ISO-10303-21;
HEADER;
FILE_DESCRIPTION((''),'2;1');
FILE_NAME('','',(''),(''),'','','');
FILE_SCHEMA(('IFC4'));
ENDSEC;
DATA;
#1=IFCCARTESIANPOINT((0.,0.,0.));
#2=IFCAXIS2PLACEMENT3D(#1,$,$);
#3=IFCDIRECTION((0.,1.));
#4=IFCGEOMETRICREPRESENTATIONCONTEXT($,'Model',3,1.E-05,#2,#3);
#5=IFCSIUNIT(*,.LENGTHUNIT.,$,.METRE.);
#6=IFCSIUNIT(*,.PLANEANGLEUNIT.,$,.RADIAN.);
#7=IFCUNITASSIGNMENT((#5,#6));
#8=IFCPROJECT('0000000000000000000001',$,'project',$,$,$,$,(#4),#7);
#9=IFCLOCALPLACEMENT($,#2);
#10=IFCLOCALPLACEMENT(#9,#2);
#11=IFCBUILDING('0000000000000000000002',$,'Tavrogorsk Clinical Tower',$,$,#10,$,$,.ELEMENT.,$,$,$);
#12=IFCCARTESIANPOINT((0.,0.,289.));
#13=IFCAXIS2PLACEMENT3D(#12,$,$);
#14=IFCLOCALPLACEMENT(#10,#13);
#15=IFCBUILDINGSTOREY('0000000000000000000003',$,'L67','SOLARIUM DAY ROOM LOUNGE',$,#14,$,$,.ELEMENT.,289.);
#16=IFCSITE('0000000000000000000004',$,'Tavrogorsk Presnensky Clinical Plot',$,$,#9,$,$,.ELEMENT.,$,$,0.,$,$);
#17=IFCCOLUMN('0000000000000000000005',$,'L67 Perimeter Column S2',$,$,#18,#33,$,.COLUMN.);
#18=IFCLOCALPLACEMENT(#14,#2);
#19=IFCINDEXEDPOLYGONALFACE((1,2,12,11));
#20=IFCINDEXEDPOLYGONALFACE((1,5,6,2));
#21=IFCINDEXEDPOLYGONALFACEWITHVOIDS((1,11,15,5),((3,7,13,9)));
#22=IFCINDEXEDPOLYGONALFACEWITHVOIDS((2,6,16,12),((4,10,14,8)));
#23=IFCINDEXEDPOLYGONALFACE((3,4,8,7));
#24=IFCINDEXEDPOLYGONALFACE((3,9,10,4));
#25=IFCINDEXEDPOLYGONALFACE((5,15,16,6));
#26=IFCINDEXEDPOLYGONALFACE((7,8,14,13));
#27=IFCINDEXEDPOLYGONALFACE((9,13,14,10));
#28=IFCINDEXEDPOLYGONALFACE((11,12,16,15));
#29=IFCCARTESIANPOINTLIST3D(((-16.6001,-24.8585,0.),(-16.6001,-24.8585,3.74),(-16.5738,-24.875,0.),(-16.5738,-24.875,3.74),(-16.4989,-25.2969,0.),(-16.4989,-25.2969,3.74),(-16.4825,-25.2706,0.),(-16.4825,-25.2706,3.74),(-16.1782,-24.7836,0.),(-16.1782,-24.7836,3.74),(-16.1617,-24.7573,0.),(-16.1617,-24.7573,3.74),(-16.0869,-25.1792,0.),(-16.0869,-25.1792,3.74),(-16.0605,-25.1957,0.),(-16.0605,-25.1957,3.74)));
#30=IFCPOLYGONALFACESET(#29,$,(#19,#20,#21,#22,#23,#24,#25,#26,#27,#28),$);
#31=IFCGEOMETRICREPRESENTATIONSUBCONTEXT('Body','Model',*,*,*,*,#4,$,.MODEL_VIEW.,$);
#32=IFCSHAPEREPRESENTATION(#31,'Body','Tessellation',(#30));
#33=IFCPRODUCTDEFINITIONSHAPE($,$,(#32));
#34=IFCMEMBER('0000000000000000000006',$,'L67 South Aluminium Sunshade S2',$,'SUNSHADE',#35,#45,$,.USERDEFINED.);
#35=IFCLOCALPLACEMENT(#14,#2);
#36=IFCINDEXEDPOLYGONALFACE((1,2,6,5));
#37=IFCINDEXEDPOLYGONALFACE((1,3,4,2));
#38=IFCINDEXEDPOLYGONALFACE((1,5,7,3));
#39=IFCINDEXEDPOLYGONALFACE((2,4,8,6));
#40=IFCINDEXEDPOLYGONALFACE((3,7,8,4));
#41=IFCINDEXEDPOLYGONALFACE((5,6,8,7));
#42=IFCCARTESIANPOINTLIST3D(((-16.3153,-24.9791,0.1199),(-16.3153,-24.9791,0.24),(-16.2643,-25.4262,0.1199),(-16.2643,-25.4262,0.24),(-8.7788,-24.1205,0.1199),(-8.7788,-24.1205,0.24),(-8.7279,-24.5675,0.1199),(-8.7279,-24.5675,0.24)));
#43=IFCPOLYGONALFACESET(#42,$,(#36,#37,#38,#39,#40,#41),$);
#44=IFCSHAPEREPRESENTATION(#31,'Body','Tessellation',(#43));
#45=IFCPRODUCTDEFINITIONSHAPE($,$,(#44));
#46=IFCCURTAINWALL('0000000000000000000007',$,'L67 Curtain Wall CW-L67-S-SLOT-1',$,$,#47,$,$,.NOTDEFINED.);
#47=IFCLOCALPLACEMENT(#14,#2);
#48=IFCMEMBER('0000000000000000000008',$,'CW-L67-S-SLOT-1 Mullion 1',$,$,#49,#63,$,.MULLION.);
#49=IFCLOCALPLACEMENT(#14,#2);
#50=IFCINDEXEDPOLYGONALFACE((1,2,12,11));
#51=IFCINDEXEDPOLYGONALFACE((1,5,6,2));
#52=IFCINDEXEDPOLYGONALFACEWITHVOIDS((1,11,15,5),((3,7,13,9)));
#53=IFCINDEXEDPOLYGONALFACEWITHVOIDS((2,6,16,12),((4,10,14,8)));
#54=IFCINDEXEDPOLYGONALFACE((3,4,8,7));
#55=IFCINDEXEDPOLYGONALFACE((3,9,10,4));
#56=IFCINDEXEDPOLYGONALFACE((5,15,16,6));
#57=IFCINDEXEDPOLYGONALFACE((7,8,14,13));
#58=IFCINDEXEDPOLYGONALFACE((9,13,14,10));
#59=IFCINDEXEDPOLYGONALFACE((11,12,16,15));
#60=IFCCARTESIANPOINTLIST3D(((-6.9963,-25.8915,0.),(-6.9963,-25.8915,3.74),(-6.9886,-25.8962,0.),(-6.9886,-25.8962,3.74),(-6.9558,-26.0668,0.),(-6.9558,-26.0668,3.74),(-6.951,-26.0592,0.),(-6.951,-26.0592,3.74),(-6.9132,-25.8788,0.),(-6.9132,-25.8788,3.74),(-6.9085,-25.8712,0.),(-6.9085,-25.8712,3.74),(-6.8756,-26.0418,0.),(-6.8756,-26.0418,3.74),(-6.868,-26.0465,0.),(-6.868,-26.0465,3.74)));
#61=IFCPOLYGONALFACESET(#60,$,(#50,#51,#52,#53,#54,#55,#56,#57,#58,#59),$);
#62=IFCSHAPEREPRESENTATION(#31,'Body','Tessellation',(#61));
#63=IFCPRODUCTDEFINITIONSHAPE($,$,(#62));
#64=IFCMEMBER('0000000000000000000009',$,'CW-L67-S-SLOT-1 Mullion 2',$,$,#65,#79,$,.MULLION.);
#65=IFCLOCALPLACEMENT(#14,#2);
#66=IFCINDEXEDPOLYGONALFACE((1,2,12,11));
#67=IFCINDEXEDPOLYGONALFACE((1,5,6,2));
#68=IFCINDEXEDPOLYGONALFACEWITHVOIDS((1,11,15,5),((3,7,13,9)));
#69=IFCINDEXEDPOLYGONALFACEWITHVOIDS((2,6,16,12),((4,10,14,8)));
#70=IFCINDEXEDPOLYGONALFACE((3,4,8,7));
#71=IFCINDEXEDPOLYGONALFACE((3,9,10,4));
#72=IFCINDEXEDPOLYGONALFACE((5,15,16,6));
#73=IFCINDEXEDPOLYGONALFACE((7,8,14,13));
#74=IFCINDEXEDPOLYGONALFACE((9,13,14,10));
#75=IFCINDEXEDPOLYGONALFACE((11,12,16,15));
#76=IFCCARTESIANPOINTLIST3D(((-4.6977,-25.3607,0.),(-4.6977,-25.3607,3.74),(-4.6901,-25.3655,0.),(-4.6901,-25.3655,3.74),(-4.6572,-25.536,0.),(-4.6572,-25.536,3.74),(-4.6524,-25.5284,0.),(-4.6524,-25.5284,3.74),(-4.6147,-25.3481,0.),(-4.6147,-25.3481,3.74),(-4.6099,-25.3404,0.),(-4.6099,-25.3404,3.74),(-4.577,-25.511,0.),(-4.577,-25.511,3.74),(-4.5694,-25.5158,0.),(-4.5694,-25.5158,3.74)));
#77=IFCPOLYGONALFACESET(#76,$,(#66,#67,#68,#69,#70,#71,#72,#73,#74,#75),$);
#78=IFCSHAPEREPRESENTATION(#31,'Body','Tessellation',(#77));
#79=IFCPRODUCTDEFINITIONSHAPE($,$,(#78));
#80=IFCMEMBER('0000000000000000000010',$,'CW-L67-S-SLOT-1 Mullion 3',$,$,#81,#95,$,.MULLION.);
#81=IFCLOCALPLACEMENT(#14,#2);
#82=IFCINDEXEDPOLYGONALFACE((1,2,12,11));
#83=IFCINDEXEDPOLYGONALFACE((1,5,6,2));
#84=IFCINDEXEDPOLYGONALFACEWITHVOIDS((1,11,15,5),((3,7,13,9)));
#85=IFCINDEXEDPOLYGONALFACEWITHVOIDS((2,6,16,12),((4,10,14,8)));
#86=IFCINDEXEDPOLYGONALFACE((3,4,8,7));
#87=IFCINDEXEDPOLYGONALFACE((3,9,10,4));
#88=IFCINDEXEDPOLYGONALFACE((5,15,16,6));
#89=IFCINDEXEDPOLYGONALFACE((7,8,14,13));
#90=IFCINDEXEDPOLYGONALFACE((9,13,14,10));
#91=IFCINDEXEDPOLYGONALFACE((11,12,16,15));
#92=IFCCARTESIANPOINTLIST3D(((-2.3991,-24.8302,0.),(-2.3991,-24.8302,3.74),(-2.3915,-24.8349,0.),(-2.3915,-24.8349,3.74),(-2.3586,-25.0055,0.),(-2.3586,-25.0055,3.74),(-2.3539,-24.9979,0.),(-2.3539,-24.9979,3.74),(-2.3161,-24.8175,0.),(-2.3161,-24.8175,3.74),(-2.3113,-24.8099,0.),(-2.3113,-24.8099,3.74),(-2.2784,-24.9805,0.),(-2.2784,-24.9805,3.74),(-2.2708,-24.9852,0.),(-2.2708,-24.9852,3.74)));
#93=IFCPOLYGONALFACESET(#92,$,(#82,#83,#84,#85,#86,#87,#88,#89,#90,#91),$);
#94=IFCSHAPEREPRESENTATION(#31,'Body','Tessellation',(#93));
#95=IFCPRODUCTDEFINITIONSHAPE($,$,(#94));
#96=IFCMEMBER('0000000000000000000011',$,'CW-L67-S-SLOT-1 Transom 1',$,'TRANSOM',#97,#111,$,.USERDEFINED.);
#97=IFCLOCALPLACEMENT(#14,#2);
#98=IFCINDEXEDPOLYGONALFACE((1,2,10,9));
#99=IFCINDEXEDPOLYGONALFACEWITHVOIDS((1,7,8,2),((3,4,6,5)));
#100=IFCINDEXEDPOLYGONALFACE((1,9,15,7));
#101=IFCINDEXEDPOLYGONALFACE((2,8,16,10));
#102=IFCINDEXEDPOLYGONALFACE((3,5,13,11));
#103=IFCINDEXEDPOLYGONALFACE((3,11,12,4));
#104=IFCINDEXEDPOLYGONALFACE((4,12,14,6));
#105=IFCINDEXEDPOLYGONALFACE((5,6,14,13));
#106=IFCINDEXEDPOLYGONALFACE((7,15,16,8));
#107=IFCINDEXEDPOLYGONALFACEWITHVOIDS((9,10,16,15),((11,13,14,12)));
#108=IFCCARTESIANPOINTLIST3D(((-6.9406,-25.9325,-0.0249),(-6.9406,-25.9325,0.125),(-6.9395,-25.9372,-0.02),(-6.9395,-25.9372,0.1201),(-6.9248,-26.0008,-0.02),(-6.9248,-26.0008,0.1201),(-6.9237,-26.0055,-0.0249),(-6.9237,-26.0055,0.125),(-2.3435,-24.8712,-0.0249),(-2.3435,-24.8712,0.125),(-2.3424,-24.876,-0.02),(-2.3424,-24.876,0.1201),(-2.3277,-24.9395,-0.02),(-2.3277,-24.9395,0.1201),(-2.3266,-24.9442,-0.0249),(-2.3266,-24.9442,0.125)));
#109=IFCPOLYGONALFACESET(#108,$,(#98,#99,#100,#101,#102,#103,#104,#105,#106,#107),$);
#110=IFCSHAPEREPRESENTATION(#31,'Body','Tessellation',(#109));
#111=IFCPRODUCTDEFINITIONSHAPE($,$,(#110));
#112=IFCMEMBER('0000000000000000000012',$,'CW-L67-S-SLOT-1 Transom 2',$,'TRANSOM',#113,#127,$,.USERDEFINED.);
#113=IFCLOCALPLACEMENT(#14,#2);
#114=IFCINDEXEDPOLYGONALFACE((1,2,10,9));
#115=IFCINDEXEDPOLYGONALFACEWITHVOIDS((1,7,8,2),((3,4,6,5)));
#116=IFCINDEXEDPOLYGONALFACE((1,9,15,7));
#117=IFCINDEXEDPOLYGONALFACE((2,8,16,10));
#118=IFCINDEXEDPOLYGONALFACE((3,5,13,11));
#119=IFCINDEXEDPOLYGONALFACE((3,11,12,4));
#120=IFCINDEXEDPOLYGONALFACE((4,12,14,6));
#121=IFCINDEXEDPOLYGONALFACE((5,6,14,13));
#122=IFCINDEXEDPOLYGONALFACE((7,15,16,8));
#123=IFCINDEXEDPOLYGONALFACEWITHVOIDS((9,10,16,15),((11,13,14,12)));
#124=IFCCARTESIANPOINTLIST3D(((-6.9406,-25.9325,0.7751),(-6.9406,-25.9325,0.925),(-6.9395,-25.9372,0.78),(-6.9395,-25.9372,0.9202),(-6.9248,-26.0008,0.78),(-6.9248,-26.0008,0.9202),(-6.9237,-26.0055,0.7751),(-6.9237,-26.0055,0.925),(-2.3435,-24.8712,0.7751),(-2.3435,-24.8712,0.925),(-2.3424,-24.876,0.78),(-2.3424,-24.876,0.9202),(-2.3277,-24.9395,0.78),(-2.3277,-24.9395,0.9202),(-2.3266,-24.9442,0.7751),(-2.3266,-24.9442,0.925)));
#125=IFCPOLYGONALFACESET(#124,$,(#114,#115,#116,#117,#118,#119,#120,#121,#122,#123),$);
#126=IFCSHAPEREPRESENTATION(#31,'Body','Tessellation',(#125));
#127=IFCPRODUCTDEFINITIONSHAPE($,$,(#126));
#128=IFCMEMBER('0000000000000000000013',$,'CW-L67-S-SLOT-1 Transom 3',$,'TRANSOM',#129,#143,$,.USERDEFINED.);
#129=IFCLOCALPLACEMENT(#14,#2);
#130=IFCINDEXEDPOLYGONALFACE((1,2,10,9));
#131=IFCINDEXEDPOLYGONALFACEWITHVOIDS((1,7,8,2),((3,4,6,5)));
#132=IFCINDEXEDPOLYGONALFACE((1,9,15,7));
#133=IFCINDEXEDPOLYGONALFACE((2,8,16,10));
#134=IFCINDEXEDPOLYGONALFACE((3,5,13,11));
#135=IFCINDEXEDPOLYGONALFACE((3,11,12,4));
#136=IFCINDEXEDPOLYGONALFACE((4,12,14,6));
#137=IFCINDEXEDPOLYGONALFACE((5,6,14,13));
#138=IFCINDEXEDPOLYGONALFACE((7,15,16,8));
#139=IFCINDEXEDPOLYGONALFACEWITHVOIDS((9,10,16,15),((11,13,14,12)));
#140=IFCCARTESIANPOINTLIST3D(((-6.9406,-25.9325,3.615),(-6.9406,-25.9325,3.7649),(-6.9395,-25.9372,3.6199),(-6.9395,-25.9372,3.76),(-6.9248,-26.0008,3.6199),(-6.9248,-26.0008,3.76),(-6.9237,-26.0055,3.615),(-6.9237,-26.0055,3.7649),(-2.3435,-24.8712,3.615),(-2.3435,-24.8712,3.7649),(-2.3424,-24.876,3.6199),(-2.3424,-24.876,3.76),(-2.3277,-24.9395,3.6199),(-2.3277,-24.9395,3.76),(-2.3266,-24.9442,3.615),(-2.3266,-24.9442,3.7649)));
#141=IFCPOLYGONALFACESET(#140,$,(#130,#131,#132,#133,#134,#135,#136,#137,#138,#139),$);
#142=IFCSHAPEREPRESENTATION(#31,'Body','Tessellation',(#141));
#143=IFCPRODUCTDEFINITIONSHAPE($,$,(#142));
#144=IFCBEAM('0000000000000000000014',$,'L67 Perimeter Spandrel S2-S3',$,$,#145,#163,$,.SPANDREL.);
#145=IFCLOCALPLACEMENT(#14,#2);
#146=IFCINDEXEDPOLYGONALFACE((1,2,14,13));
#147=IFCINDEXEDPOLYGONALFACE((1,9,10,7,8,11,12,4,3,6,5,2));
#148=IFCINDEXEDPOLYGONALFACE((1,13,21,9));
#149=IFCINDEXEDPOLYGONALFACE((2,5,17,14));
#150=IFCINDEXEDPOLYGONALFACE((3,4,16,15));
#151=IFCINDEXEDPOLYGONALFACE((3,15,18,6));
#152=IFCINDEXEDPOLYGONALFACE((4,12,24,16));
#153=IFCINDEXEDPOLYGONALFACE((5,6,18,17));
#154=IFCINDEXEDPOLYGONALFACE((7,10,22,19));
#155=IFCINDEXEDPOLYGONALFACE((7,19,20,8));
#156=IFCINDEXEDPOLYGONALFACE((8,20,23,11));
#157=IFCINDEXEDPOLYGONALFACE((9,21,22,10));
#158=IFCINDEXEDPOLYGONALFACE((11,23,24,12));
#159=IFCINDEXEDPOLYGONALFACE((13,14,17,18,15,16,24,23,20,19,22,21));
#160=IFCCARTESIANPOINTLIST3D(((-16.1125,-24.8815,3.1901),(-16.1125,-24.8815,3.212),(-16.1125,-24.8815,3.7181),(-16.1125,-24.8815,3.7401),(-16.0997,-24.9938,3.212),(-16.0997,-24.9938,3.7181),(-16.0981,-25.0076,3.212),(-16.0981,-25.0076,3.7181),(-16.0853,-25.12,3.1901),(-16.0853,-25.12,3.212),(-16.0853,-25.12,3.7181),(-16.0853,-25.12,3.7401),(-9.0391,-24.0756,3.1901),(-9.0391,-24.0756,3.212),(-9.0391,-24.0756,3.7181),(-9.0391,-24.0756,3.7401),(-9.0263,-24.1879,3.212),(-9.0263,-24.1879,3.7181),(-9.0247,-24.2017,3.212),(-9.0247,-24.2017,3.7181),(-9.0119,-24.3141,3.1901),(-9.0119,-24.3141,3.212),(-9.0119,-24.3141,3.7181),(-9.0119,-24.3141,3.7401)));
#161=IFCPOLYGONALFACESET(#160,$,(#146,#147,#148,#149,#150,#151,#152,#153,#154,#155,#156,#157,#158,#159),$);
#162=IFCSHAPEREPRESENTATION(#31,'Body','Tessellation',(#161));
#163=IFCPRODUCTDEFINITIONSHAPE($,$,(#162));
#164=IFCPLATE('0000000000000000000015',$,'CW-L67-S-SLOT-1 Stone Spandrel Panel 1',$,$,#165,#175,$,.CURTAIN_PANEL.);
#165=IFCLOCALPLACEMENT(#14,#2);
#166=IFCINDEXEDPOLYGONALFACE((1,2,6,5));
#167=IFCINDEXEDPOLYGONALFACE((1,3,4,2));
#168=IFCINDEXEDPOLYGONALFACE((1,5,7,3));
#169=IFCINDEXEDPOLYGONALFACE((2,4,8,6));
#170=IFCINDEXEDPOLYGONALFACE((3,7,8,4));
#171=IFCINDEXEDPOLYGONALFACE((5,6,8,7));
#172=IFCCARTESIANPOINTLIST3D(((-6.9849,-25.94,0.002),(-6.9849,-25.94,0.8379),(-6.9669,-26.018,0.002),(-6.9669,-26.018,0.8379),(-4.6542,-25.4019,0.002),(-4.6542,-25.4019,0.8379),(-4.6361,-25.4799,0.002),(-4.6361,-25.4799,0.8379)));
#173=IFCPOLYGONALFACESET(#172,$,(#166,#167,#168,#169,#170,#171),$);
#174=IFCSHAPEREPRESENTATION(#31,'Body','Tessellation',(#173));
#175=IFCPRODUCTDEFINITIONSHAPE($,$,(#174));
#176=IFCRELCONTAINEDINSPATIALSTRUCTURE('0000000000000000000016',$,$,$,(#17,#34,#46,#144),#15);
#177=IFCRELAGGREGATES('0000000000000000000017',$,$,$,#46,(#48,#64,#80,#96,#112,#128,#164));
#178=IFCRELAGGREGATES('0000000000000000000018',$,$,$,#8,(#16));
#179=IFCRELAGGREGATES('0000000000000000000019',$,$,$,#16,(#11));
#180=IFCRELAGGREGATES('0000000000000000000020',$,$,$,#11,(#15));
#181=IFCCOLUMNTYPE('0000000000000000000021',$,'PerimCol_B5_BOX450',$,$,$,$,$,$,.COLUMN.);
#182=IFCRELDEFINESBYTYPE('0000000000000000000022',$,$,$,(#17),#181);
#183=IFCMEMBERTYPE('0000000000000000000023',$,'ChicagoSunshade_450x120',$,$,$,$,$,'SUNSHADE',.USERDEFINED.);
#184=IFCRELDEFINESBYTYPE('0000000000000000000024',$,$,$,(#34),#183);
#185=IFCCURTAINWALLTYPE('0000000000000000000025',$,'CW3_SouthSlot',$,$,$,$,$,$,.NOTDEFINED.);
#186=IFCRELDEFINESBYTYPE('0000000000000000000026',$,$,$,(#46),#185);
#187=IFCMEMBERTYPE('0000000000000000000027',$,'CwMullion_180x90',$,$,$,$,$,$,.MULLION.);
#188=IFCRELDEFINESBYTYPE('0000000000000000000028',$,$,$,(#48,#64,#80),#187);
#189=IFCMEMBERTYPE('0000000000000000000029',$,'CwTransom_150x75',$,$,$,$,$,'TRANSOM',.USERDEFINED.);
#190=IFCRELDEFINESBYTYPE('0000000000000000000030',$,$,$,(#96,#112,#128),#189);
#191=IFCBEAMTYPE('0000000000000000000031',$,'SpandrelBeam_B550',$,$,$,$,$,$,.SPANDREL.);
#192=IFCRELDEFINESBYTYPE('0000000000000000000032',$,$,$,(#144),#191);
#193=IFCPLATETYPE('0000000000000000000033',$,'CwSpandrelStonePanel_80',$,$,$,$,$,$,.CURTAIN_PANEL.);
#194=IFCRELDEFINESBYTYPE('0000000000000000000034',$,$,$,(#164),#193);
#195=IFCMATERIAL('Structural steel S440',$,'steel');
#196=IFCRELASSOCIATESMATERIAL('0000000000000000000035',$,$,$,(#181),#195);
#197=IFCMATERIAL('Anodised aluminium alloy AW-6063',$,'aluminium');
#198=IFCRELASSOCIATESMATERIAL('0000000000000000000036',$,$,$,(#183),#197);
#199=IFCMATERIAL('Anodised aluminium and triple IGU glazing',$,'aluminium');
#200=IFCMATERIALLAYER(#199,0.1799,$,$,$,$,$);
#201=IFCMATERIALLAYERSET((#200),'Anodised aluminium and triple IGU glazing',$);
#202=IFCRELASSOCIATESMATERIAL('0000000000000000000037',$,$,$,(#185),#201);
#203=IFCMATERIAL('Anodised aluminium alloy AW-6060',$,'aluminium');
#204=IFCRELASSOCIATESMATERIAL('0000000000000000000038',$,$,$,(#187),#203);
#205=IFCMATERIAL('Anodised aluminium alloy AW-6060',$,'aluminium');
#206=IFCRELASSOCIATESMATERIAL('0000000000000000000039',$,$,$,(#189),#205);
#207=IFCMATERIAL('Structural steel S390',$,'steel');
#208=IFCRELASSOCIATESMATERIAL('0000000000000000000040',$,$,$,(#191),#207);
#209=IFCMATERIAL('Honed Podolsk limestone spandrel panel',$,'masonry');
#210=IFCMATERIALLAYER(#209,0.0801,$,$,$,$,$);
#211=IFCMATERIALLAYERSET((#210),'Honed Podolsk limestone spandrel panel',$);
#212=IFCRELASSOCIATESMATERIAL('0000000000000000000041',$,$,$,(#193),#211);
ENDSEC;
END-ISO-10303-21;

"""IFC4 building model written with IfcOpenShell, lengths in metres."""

from ifc_helpers import new_model, si_unit, direction, frame, origin, origin_2d, place, context, subcontext, project, spatial, rectangle, hollow_rectangle, i_section, extrude, material, layer, layer_set, material_profile, profile_set, type_object, element, aggregate, save


model = new_model("IFC4")

# Units and contexts
model_context = context("Model", 3, precision=1e-05, world=origin(), true_north=direction((0.0, 1.0)))
body_context = subcontext(model_context, "Body", "Model", "MODEL_VIEW")
ifc_project = project(units=[si_unit("LENGTHUNIT", "METRE"), si_unit("PLANEANGLEUNIT", "RADIAN")], contexts=[model_context])

# Site, building, storey
site_placement = place(None, origin())
site = spatial("IfcSite", under=ifc_project, at=site_placement, Name="Tavrogorsk Presnensky Clinical Plot", CompositionType="ELEMENT", RefElevation=0.0)
building_placement = place(site_placement, origin())
building = spatial("IfcBuilding", under=site, at=building_placement, Name="Tavrogorsk Clinical Tower", CompositionType="ELEMENT")
storey_placement = place(building_placement, frame((0.0, 0.0, 289.0)))
storey = spatial("IfcBuildingStorey", under=building, at=storey_placement, Name="L67", Description="SOLARIUM DAY ROOM LOUNGE", CompositionType="ELEMENT", Elevation=289.0)

# Column
ifc_material_1 = material(Name="Structural steel S440", Category="steel")
ifc_material_profile_1 = material_profile(ifc_material_1, hollow_rectangle(XDim=0.45, YDim=0.45, WallThickness=0.022, at=origin_2d()), Name="BOX-450x450x22")
ifc_profile_set_1 = profile_set([ifc_material_profile_1], Name="Structural steel S440")
column_type = type_object("IfcColumnType", Name="PerimCol_B5_BOX450", PredefinedType="COLUMN", material=ifc_profile_set_1)
column_placement = place(storey_placement, frame((-16.3303, -25.0271, 0.0), z_axis=(0.0, 0.0, 1.0), x_axis=(0.97437, 0.224951, 0.0)))
element("IfcColumn", 1, at=column_placement, inside=storey, type_object=column_type, Name="L67 Perimeter Column S2", PredefinedType="COLUMN", context=body_context, shape_type="SweptSolid", body=[
    extrude(hollow_rectangle(XDim=0.45, YDim=0.45, WallThickness=0.022, at=origin_2d()), origin(), (0.0, 0.0, 1.0), 3.74),
])

# Member
ifc_material_2 = material(Name="Anodised aluminium alloy AW-6063", Category="aluminium")
ifc_material_profile_2 = material_profile(ifc_material_2, rectangle(XDim=0.45, YDim=0.1201, at=origin_2d()), Name="ALU-SUNSHADE-450x120")
ifc_profile_set_2 = profile_set([ifc_material_profile_2], Name="Anodised aluminium alloy AW-6063")
member_type_1 = type_object("IfcMemberType", Name="ChicagoSunshade_450x120", ElementType="SUNSHADE", PredefinedType="USERDEFINED", material=ifc_profile_set_2)
member_1_placement = place(storey_placement, frame((-16.2898, -25.2026, 0.1799), z_axis=(0.993572, 0.113201, 0.0), x_axis=(-0.113201, 0.993572, 0.0)))
element("IfcMember", 2, at=member_1_placement, inside=storey, type_object=member_type_1, Name="L67 South Aluminium Sunshade S2", ObjectType="SUNSHADE", PredefinedType="USERDEFINED", context=body_context, shape_type="SweptSolid", body=[
    extrude(rectangle(XDim=0.45, YDim=0.1201, at=origin_2d()), origin(), (0.0, 0.0, 1.0), 7.5852),
])

# Curtain wall, members
ifc_material_3 = material(Name="Anodised aluminium and triple IGU glazing", Category="aluminium")
ifc_layer_1 = layer(ifc_material_3, 0.1799)
ifc_layer_set_1 = layer_set([ifc_layer_1], Name="Anodised aluminium and triple IGU glazing")
curtain_wall_type = type_object("IfcCurtainWallType", Name="CW3_SouthSlot", PredefinedType="NOTDEFINED", material=ifc_layer_set_1)
curtain_wall_placement = place(storey_placement, origin())
curtain_wall = element("IfcCurtainWall", 3, at=curtain_wall_placement, inside=storey, type_object=curtain_wall_type, Name="L67 Curtain Wall CW-L67-S-SLOT-1", PredefinedType="NOTDEFINED")
ifc_material_4 = material(Name="Anodised aluminium alloy AW-6060", Category="aluminium")
ifc_material_profile_3 = material_profile(ifc_material_4, hollow_rectangle(XDim=0.0901, YDim=0.1799, WallThickness=0.0063, at=origin_2d()), Name="RHS-180x90x6.3")
ifc_profile_set_3 = profile_set([ifc_material_profile_3], Name="Anodised aluminium alloy AW-6060")
member_type_2 = type_object("IfcMemberType", Name="CwMullion_180x90", PredefinedType="MULLION", material=ifc_profile_set_3)
member_2_placement = place(storey_placement, frame((-6.9321, -25.969, 0.0), z_axis=(0.0, 0.0, 1.0), x_axis=(0.97437, 0.224951, 0.0)))
member_2 = element("IfcMember", 4, at=member_2_placement, type_object=member_type_2, Name="CW-L67-S-SLOT-1 Mullion 1", PredefinedType="MULLION", context=body_context, shape_type="SweptSolid", body=[
    extrude(hollow_rectangle(XDim=0.0901, YDim=0.1799, WallThickness=0.0063, at=origin_2d()), origin(), (0.0, 0.0, 1.0), 3.74),
])
member_3_placement = place(storey_placement, frame((-4.6335, -25.4382, 0.0), z_axis=(0.0, 0.0, 1.0), x_axis=(0.97437, 0.224951, 0.0)))
member_3 = element("IfcMember", 5, at=member_3_placement, type_object=member_type_2, Name="CW-L67-S-SLOT-1 Mullion 2", PredefinedType="MULLION", context=body_context, shape_type="SweptSolid", body=[
    extrude(hollow_rectangle(XDim=0.0901, YDim=0.1799, WallThickness=0.0063, at=origin_2d()), origin(), (0.0, 0.0, 1.0), 3.74),
])
member_4_placement = place(storey_placement, frame((-2.335, -24.9077, 0.0), z_axis=(0.0, 0.0, 1.0), x_axis=(0.97437, 0.224951, 0.0)))
member_4 = element("IfcMember", 6, at=member_4_placement, type_object=member_type_2, Name="CW-L67-S-SLOT-1 Mullion 3", PredefinedType="MULLION", context=body_context, shape_type="SweptSolid", body=[
    extrude(hollow_rectangle(XDim=0.0901, YDim=0.1799, WallThickness=0.0063, at=origin_2d()), origin(), (0.0, 0.0, 1.0), 3.74),
])
ifc_material_5 = material(Name="Anodised aluminium alloy AW-6060", Category="aluminium")
ifc_material_profile_4 = material_profile(ifc_material_5, hollow_rectangle(XDim=0.075, YDim=0.1499, WallThickness=0.0049, at=origin_2d()), Name="RHS-150x75x5")
ifc_profile_set_4 = profile_set([ifc_material_profile_4], Name="Anodised aluminium alloy AW-6060")
member_type_3 = type_object("IfcMemberType", Name="CwTransom_150x75", ElementType="TRANSOM", PredefinedType="USERDEFINED", material=ifc_profile_set_4)
member_5_placement = place(storey_placement, frame((-6.9321, -25.969, 0.05), z_axis=(0.974373, 0.224939, 0.0), x_axis=(-0.224939, 0.974373, 0.0)))
member_5 = element("IfcMember", 7, at=member_5_placement, type_object=member_type_3, Name="CW-L67-S-SLOT-1 Transom 1", ObjectType="TRANSOM", PredefinedType="USERDEFINED", context=body_context, shape_type="SweptSolid", body=[
    extrude(hollow_rectangle(XDim=0.075, YDim=0.1499, WallThickness=0.0049, at=origin_2d()), origin(), (0.0, 0.0, 1.0), 4.718),
])
member_6_placement = place(storey_placement, frame((-6.9321, -25.969, 0.8501), z_axis=(0.974373, 0.224939, 0.0), x_axis=(-0.224939, 0.974373, 0.0)))
member_6 = element("IfcMember", 8, at=member_6_placement, type_object=member_type_3, Name="CW-L67-S-SLOT-1 Transom 2", ObjectType="TRANSOM", PredefinedType="USERDEFINED", context=body_context, shape_type="SweptSolid", body=[
    extrude(hollow_rectangle(XDim=0.075, YDim=0.1499, WallThickness=0.0049, at=origin_2d()), origin(), (0.0, 0.0, 1.0), 4.718),
])
member_7_placement = place(storey_placement, frame((-6.9321, -25.969, 3.6899), z_axis=(0.974373, 0.224939, 0.0), x_axis=(-0.224939, 0.974373, 0.0)))
member_7 = element("IfcMember", 9, at=member_7_placement, type_object=member_type_3, Name="CW-L67-S-SLOT-1 Transom 3", ObjectType="TRANSOM", PredefinedType="USERDEFINED", context=body_context, shape_type="SweptSolid", body=[
    extrude(hollow_rectangle(XDim=0.075, YDim=0.1499, WallThickness=0.0049, at=origin_2d()), origin(), (0.0, 0.0, 1.0), 4.718),
])

# Beam
ifc_material_6 = material(Name="Structural steel S390", Category="steel")
ifc_material_profile_5 = material_profile(ifc_material_6, i_section(OverallWidth=0.24, OverallDepth=0.55, WebThickness=0.0139, FlangeThickness=0.022, at=origin_2d()), Name="B-550x240x14x22")
ifc_profile_set_5 = profile_set([ifc_material_profile_5], Name="Structural steel S390")
beam_type = type_object("IfcBeamType", Name="SpandrelBeam_B550", PredefinedType="SPANDREL", material=ifc_profile_set_5)
beam_placement = place(storey_placement, frame((-16.0989, -25.0007, 3.4651), z_axis=(0.993572, 0.113201, 0.0), x_axis=(-0.113201, 0.993572, 0.0)))
element("IfcBeam", 10, at=beam_placement, inside=storey, type_object=beam_type, Name="L67 Perimeter Spandrel S2-S3", PredefinedType="SPANDREL", context=body_context, shape_type="SweptSolid", body=[
    extrude(i_section(OverallWidth=0.24, OverallDepth=0.55, WebThickness=0.0139, FlangeThickness=0.022, at=origin_2d()), origin(), (0.0, 0.0, 1.0), 7.1191),
])

# Plate
ifc_material_7 = material(Name="Honed Podolsk limestone spandrel panel", Category="masonry")
ifc_layer_2 = layer(ifc_material_7, 0.0801)
ifc_layer_set_2 = layer_set([ifc_layer_2], Name="Honed Podolsk limestone spandrel panel")
plate_type_1 = type_object("IfcPlateType", Name="CwSpandrelStonePanel_80", PredefinedType="CURTAIN_PANEL", material=ifc_layer_set_2)
plate_1_placement = place(storey_placement, frame((-5.8105, -25.71, 0.002), z_axis=(0.0, 0.0, 1.0), x_axis=(0.97437, 0.224951, 0.0)))
plate_1 = element("IfcPlate", 11, at=plate_1_placement, type_object=plate_type_1, Name="CW-L67-S-SLOT-1 Stone Spandrel Panel 1", PredefinedType="CURTAIN_PANEL", context=body_context, shape_type="SweptSolid", body=[
    extrude(rectangle(XDim=2.3921, YDim=0.0801, at=origin_2d()), origin(), (0.0, 0.0, 1.0), 0.8359),
])
aggregate(curtain_wall, [member_2, member_3, member_4, member_5, member_6, member_7, plate_1])

save(model, "model.ifc")
